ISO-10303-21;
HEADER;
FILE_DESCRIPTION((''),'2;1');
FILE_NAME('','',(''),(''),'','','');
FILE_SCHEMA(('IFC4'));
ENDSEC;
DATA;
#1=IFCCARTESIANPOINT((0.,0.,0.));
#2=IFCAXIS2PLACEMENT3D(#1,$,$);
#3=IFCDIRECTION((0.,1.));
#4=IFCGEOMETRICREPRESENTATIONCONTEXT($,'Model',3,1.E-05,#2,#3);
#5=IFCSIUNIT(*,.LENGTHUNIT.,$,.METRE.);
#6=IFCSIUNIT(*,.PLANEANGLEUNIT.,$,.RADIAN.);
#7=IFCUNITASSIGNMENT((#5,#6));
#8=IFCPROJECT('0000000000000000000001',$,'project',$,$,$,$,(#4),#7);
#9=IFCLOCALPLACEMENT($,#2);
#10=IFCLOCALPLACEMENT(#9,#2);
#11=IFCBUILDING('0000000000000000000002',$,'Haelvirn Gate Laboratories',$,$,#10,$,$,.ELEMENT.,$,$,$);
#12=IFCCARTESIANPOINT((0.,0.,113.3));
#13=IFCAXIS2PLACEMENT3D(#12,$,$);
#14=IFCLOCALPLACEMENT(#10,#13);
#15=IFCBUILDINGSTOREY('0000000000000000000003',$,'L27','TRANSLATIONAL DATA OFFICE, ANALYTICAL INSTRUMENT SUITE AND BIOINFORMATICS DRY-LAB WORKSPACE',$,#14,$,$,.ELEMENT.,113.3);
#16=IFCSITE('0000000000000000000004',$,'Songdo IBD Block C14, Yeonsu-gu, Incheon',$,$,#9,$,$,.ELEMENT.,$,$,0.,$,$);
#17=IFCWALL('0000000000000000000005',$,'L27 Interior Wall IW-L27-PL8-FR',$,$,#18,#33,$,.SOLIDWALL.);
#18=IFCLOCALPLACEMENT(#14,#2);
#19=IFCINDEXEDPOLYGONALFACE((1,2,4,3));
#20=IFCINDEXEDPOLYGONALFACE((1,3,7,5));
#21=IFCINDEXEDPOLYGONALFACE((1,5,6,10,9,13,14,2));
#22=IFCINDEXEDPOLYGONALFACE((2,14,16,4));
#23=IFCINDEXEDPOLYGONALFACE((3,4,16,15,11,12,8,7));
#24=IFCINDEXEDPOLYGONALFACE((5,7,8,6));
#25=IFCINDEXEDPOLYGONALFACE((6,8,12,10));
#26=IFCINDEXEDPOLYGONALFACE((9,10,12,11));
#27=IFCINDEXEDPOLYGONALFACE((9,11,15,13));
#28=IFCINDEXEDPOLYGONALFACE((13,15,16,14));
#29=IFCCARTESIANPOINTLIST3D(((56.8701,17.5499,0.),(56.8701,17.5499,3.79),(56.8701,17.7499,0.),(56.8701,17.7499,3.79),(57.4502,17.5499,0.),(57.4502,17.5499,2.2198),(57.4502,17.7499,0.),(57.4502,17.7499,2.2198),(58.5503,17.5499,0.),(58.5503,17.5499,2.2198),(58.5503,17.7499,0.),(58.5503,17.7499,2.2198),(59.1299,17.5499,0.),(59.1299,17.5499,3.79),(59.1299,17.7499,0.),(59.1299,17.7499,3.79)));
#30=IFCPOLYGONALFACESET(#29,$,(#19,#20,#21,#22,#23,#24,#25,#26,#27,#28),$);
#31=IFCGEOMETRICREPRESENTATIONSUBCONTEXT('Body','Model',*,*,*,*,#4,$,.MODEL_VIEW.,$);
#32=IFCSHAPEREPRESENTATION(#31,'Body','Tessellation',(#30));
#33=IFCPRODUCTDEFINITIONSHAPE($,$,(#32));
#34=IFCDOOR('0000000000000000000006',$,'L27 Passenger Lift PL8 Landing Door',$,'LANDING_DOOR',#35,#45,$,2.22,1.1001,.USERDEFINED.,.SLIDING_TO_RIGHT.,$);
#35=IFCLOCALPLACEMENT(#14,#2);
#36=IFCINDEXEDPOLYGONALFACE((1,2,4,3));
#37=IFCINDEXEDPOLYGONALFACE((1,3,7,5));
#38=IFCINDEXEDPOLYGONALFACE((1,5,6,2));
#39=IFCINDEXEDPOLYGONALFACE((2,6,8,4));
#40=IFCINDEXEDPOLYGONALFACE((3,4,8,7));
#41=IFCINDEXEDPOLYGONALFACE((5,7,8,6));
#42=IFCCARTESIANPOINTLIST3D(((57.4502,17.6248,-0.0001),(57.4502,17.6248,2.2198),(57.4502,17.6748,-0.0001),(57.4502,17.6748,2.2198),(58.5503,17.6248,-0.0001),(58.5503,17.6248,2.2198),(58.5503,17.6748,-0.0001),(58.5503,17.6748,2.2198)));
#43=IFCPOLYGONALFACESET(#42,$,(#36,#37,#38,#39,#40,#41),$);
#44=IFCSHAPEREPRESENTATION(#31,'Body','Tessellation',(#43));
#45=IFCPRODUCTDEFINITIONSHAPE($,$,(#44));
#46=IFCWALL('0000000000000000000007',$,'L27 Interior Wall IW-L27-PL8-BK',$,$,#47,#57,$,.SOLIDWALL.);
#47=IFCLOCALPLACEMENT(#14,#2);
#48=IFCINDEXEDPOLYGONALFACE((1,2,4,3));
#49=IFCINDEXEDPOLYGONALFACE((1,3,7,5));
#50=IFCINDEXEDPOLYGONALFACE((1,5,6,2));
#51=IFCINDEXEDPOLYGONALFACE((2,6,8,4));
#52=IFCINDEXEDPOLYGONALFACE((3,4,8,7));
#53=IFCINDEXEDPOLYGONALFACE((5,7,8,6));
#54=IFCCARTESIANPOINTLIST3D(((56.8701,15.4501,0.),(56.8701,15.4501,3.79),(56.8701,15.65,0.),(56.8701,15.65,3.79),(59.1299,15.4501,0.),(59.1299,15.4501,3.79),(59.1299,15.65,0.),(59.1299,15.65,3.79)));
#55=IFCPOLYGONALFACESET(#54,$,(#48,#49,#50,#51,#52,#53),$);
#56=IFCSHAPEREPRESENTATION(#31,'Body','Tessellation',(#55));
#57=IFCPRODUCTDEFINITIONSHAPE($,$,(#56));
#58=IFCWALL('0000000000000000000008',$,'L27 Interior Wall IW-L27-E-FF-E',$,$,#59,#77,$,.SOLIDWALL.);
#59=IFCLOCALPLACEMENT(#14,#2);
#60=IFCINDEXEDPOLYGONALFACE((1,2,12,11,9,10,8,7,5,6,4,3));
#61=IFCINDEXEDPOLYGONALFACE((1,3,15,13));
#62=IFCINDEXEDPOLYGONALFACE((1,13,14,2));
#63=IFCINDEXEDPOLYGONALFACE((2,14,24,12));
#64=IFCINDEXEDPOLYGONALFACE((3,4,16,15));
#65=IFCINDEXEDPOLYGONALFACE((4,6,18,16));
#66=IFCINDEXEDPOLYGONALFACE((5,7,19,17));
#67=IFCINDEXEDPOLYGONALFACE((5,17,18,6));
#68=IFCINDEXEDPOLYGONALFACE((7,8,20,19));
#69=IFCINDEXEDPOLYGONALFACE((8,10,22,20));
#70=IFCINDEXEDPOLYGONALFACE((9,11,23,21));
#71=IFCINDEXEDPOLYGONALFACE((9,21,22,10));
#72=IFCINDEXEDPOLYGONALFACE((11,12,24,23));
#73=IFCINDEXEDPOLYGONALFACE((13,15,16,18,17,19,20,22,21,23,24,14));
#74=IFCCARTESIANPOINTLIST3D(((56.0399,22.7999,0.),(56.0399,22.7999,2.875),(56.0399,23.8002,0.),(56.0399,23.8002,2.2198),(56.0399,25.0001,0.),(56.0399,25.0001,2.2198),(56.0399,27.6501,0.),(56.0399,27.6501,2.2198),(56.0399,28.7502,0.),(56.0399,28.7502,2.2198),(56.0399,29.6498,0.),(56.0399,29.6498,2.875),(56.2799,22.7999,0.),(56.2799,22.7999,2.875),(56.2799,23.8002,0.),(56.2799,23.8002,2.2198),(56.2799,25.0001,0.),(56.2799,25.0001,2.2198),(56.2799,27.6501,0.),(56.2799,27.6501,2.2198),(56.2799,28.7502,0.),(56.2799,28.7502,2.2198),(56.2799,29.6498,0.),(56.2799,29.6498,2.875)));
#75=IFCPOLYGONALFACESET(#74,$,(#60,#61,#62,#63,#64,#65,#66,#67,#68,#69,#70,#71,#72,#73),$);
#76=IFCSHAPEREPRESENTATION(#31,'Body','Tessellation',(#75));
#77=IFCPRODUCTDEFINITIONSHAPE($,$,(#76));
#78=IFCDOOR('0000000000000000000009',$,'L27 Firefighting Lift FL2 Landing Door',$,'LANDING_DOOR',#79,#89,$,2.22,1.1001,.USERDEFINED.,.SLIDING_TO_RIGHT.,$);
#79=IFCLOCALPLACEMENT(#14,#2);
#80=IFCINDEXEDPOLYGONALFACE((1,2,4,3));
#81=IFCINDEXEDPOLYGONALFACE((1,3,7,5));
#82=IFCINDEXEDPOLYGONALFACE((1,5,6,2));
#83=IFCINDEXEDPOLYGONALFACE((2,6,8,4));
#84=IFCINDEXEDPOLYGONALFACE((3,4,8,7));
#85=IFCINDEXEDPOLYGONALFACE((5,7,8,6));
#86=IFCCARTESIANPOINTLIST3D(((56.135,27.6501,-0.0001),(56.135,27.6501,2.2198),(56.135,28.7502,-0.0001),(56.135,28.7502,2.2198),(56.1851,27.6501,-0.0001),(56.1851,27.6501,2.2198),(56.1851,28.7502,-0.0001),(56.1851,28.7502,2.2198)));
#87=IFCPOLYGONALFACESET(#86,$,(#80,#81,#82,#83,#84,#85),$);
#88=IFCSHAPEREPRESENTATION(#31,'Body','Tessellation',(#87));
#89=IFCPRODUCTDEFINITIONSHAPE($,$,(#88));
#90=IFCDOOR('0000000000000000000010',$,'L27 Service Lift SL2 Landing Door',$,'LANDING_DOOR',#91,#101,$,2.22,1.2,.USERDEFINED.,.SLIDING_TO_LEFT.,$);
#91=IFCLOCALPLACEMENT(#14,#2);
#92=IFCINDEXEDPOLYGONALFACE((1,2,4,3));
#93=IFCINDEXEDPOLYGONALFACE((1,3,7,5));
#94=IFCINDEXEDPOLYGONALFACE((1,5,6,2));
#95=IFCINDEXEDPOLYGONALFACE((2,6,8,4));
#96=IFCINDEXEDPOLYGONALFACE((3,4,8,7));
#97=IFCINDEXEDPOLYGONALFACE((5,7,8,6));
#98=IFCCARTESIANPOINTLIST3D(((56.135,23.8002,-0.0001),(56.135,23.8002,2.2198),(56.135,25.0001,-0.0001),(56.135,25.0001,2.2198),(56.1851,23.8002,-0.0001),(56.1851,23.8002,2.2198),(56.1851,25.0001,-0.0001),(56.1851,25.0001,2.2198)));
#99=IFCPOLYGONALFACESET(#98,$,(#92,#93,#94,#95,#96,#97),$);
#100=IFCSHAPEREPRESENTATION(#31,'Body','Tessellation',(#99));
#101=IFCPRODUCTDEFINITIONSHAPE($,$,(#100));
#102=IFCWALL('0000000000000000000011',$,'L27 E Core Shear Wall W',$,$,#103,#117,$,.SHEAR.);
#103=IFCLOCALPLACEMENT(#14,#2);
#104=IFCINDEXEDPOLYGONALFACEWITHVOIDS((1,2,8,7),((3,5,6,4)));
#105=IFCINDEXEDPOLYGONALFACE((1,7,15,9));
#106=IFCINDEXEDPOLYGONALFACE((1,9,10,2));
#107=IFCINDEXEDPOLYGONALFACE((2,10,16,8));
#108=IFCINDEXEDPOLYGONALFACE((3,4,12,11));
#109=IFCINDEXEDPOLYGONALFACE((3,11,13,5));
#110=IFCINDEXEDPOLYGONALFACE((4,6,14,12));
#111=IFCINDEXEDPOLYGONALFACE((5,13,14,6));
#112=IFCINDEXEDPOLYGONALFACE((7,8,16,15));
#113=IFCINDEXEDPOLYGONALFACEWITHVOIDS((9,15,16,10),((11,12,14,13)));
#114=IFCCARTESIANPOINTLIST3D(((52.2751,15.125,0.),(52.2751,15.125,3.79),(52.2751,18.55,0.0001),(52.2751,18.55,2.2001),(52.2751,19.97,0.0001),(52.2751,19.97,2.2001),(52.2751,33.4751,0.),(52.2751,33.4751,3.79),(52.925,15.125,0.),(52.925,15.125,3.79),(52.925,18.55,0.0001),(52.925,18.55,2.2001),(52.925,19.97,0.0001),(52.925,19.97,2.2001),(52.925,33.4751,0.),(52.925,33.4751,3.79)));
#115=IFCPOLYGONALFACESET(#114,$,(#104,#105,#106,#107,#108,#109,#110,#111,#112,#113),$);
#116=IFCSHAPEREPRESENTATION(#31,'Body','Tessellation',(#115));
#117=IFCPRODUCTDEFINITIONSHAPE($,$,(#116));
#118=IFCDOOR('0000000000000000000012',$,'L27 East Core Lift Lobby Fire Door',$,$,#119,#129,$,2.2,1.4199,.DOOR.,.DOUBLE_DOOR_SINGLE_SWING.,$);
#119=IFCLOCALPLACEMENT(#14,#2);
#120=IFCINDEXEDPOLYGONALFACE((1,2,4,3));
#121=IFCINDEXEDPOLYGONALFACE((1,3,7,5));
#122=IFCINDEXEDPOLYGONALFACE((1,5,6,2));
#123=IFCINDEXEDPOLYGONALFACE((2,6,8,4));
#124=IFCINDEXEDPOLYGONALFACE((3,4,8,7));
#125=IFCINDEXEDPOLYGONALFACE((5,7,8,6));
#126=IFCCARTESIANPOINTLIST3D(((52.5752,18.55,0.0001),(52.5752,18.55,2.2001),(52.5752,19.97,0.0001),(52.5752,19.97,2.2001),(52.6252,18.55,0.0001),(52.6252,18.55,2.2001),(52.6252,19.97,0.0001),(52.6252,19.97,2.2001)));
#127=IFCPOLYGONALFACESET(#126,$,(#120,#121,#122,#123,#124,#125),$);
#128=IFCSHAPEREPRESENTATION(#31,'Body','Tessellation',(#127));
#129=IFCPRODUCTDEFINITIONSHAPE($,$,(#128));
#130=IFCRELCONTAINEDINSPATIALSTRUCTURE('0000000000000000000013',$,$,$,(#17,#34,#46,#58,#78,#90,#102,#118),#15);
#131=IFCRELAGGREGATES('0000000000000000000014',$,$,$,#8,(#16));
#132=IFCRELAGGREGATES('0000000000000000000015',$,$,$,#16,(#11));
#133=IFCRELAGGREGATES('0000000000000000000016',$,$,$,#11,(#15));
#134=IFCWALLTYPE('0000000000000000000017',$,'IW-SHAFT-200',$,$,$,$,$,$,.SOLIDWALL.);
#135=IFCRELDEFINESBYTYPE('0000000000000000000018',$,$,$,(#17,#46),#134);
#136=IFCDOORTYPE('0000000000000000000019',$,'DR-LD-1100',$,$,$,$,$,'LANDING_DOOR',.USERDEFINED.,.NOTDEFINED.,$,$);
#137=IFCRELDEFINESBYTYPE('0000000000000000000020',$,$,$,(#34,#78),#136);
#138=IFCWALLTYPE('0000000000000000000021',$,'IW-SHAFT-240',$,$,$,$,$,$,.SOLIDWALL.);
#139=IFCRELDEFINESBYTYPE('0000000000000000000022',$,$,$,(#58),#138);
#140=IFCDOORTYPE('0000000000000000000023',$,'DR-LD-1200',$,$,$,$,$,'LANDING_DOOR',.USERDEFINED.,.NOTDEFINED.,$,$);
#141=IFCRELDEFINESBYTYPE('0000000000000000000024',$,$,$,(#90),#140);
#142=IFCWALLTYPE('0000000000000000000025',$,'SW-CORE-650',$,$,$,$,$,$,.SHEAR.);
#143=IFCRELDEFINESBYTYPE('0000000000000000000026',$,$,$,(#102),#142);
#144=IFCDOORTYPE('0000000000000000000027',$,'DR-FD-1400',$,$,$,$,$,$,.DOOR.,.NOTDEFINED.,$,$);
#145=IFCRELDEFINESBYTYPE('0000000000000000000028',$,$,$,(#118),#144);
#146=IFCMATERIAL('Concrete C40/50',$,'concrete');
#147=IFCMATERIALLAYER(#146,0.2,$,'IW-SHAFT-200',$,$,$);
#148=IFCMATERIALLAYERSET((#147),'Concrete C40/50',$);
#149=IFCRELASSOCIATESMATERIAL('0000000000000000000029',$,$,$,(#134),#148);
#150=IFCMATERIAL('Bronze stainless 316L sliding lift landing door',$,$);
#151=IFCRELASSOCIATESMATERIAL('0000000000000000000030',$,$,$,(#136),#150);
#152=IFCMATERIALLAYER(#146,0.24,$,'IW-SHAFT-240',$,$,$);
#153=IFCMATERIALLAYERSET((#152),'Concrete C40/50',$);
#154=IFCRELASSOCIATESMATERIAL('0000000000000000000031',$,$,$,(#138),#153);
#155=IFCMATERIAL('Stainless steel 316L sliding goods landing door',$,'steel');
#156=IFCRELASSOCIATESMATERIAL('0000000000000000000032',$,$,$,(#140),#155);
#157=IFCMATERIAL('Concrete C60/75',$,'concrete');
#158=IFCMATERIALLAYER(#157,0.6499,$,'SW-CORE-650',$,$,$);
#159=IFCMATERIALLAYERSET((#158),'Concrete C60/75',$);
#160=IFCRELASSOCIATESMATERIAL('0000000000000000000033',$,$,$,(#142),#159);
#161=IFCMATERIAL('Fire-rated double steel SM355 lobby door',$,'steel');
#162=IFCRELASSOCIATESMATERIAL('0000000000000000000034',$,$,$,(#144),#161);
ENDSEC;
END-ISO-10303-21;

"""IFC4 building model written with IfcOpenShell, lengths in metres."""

from ifc_helpers import new_model, si_unit, direction, frame, frame_2d, origin, place, context, subcontext, project, spatial, rectangle, extrude, source, transform, mapped, material, layer, layer_set, type_object, type_shapes, element, fill, save


model = new_model("IFC4")

# Units and contexts
model_context = context("Model", 3, precision=1e-05, world=origin(), true_north=direction((0.0, 1.0)))
body_context = subcontext(model_context, "Body", "Model", "MODEL_VIEW")
ifc_project = project(units=[si_unit("LENGTHUNIT", "METRE"), si_unit("PLANEANGLEUNIT", "RADIAN")], contexts=[model_context])

# Site, building, storey
site_placement = place(None, origin())
site = spatial("IfcSite", under=ifc_project, at=site_placement, Name="Songdo IBD Block C14, Yeonsu-gu, Incheon", CompositionType="ELEMENT", RefElevation=0.0)
building_placement = place(site_placement, origin())
building = spatial("IfcBuilding", under=site, at=building_placement, Name="Haelvirn Gate Laboratories", CompositionType="ELEMENT")
storey_placement = place(building_placement, frame((0.0, 0.0, 113.3)))
storey = spatial("IfcBuildingStorey", under=building, at=storey_placement, Name="L27", Description="TRANSLATIONAL DATA OFFICE, ANALYTICAL INSTRUMENT SUITE AND BIOINFORMATICS DRY-LAB WORKSPACE", CompositionType="ELEMENT", Elevation=113.3)

# Shared definitions
ifc_material_1 = material(Name="Concrete C60/75", Category="concrete")

# Shared definitions
ifc_material_2 = material(Name="Concrete C40/50", Category="concrete")

# Wall, opening, door
ifc_layer_1 = layer(ifc_material_2, 0.2, Name="IW-SHAFT-200")
ifc_layer_set_1 = layer_set([ifc_layer_1], Name="Concrete C40/50")
wall_type_1 = type_object("IfcWallType", Name="IW-SHAFT-200", PredefinedType="SOLIDWALL", material=ifc_layer_set_1)
wall_1_placement = place(storey_placement, frame((56.8701, 17.6499, 0.0), z_axis=(0.0, 0.0, 1.0), x_axis=(1.0, 0.0, 0.0)))
wall_1 = element("IfcWall", 1, at=wall_1_placement, inside=storey, type_object=wall_type_1, Name="L27 Interior Wall IW-L27-PL8-FR", PredefinedType="SOLIDWALL", context=body_context, shape_type="SweptSolid", body=[
    extrude(rectangle(XDim=2.2598, YDim=0.2, at=frame_2d((1.1299, 0.0))), origin(), (0.0, 0.0, 1.0), 3.79),
])
opening_1_placement = place(wall_1_placement, frame((0.5801, 0.0, 0.0)))
opening_1 = element("IfcOpeningElement", 2, at=opening_1_placement, cuts=wall_1, PredefinedType="OPENING", context=body_context, shape_type="SweptSolid", body=[
    extrude(rectangle(XDim=1.1001, YDim=2.22, at=frame_2d((0.55, 1.1099))), frame((0.0, 0.1099, 0.0), z_axis=(0.0, -1.0, 0.0), x_axis=(1.0, 0.0, 0.0)), (0.0, 0.0, 1.0), 0.22),
])
ifc_material_3 = material(Name="Bronze stainless 316L sliding lift landing door")
door_type_1 = type_object("IfcDoorType", Name="DR-LD-1100", ElementType="LANDING_DOOR", OperationType="NOTDEFINED", PredefinedType="USERDEFINED", material=ifc_material_3)
shared_shape_1 = source(origin(), body_context, "Body", "SweptSolid", [
    extrude(rectangle(XDim=1.1001, YDim=2.22, at=frame_2d((0.55, 1.1099))), frame((0.0, 0.0249, 0.0), z_axis=(0.0, -1.0, 0.0), x_axis=(1.0, 0.0, 0.0)), (0.0, 0.0, 1.0), 0.05),
])
type_shapes(door_type_1, [shared_shape_1])
door_1_placement = place(opening_1_placement, origin())
door_1 = element("IfcDoor", 3, at=door_1_placement, inside=storey, type_object=door_type_1, Name="L27 Passenger Lift PL8 Landing Door", ObjectType="LANDING_DOOR", OperationType="SLIDING_TO_RIGHT", OverallHeight=2.22, OverallWidth=1.1001, PredefinedType="USERDEFINED", context=body_context, shape_type="MappedRepresentation", body=[
    mapped(shared_shape_1, transform((0.0, 0.0, 0.0), scale=1.0)),
])
fill(opening_1, door_1)

# Wall
wall_2_placement = place(storey_placement, frame((56.8701, 15.55, 0.0), z_axis=(0.0, 0.0, 1.0), x_axis=(1.0, 0.0, 0.0)))
element("IfcWall", 4, at=wall_2_placement, inside=storey, type_object=wall_type_1, Name="L27 Interior Wall IW-L27-PL8-BK", PredefinedType="SOLIDWALL", context=body_context, shape_type="SweptSolid", body=[
    extrude(rectangle(XDim=2.2598, YDim=0.2, at=frame_2d((1.1299, 0.0))), origin(), (0.0, 0.0, 1.0), 3.79),
])

# Wall, openings, doors
ifc_layer_2 = layer(ifc_material_2, 0.24, Name="IW-SHAFT-240")
ifc_layer_set_2 = layer_set([ifc_layer_2], Name="Concrete C40/50")
wall_type_2 = type_object("IfcWallType", Name="IW-SHAFT-240", PredefinedType="SOLIDWALL", material=ifc_layer_set_2)
wall_3_placement = place(storey_placement, frame((56.1599, 22.8, 0.0), z_axis=(0.0, 0.0, 1.0), x_axis=(0.0, 1.0, 0.0)))
wall_3 = element("IfcWall", 5, at=wall_3_placement, inside=storey, type_object=wall_type_2, Name="L27 Interior Wall IW-L27-E-FF-E", PredefinedType="SOLIDWALL", context=body_context, shape_type="SweptSolid", body=[
    extrude(rectangle(XDim=6.8499, YDim=0.24, at=frame_2d((3.4248, 0.0))), origin(), (0.0, 0.0, 1.0), 2.875),
])
opening_2_placement = place(wall_3_placement, frame((4.8501, 0.0, 0.0)))
opening_2 = element("IfcOpeningElement", 6, at=opening_2_placement, cuts=wall_3, PredefinedType="OPENING", context=body_context, shape_type="SweptSolid", body=[
    extrude(rectangle(XDim=1.1001, YDim=2.22, at=frame_2d((0.55, 1.1099))), frame((0.0, 0.1299, 0.0), z_axis=(0.0, -1.0, 0.0), x_axis=(1.0, 0.0, 0.0)), (0.0, 0.0, 1.0), 0.26),
])
opening_3_placement = place(wall_3_placement, frame((1.0, 0.0, 0.0)))
opening_3 = element("IfcOpeningElement", 7, at=opening_3_placement, cuts=wall_3, PredefinedType="OPENING", context=body_context, shape_type="SweptSolid", body=[
    extrude(rectangle(XDim=1.2, YDim=2.22, at=frame_2d((0.6001, 1.1099))), frame((0.0, 0.1299, 0.0), z_axis=(0.0, -1.0, 0.0), x_axis=(1.0, 0.0, 0.0)), (0.0, 0.0, 1.0), 0.26),
])
door_2_placement = place(opening_2_placement, origin())
door_2 = element("IfcDoor", 8, at=door_2_placement, inside=storey, type_object=door_type_1, Name="L27 Firefighting Lift FL2 Landing Door", ObjectType="LANDING_DOOR", OperationType="SLIDING_TO_RIGHT", OverallHeight=2.22, OverallWidth=1.1001, PredefinedType="USERDEFINED", context=body_context, shape_type="MappedRepresentation", body=[
    mapped(shared_shape_1, transform((0.0, 0.0, 0.0), scale=1.0)),
])
fill(opening_2, door_2)
ifc_material_4 = material(Name="Stainless steel 316L sliding goods landing door", Category="steel")
door_type_2 = type_object("IfcDoorType", Name="DR-LD-1200", ElementType="LANDING_DOOR", OperationType="NOTDEFINED", PredefinedType="USERDEFINED", material=ifc_material_4)
shared_shape_2 = source(origin(), body_context, "Body", "SweptSolid", [
    extrude(rectangle(XDim=1.2, YDim=2.22, at=frame_2d((0.6001, 1.1099))), frame((0.0, 0.0249, 0.0), z_axis=(0.0, -1.0, 0.0), x_axis=(1.0, 0.0, 0.0)), (0.0, 0.0, 1.0), 0.05),
])
type_shapes(door_type_2, [shared_shape_2])
door_3_placement = place(opening_3_placement, origin())
door_3 = element("IfcDoor", 9, at=door_3_placement, inside=storey, type_object=door_type_2, Name="L27 Service Lift SL2 Landing Door", ObjectType="LANDING_DOOR", OperationType="SLIDING_TO_LEFT", OverallHeight=2.22, OverallWidth=1.2, PredefinedType="USERDEFINED", context=body_context, shape_type="MappedRepresentation", body=[
    mapped(shared_shape_2, transform((0.0, 0.0, 0.0), scale=1.0)),
])
fill(opening_3, door_3)

# Wall, opening, door
ifc_layer_3 = layer(ifc_material_1, 0.6499, Name="SW-CORE-650")
ifc_layer_set_3 = layer_set([ifc_layer_3], Name="Concrete C60/75")
wall_type_3 = type_object("IfcWallType", Name="SW-CORE-650", PredefinedType="SHEAR", material=ifc_layer_set_3)
wall_4_placement = place(storey_placement, frame((52.6001, 15.125, 0.0), z_axis=(0.0, 0.0, 1.0), x_axis=(0.0, 1.0, 0.0)))
wall_4 = element("IfcWall", 10, at=wall_4_placement, inside=storey, type_object=wall_type_3, Name="L27 E Core Shear Wall W", PredefinedType="SHEAR", context=body_context, shape_type="SweptSolid", body=[
    extrude(rectangle(XDim=18.3501, YDim=0.6499, at=frame_2d((9.175, 0.0))), origin(), (0.0, 0.0, 1.0), 3.79),
])
opening_4_placement = place(wall_4_placement, frame((3.425, 0.0, 0.0)))
opening_4 = element("IfcOpeningElement", 11, at=opening_4_placement, cuts=wall_4, PredefinedType="OPENING", context=body_context, shape_type="SweptSolid", body=[
    extrude(rectangle(XDim=1.4199, YDim=2.2, at=frame_2d((0.71, 1.1001))), frame((0.0, 0.335, 0.0), z_axis=(0.0, -1.0, 0.0), x_axis=(1.0, 0.0, 0.0)), (0.0, 0.0, 1.0), 0.6699),
])
ifc_material_5 = material(Name="Fire-rated double steel SM355 lobby door", Category="steel")
door_type_3 = type_object("IfcDoorType", Name="DR-FD-1400", OperationType="NOTDEFINED", PredefinedType="DOOR", material=ifc_material_5)
shared_shape_3 = source(origin(), body_context, "Body", "SweptSolid", [
    extrude(rectangle(XDim=1.4199, YDim=2.2, at=frame_2d((0.71, 1.1001))), frame((0.0, 0.0249, 0.0), z_axis=(0.0, -1.0, 0.0), x_axis=(1.0, 0.0, 0.0)), (0.0, 0.0, 1.0), 0.05),
])
type_shapes(door_type_3, [shared_shape_3])
door_4_placement = place(opening_4_placement, origin())
door_4 = element("IfcDoor", 12, at=door_4_placement, inside=storey, type_object=door_type_3, Name="L27 East Core Lift Lobby Fire Door", OperationType="DOUBLE_DOOR_SINGLE_SWING", OverallHeight=2.2, OverallWidth=1.4199, PredefinedType="DOOR", context=body_context, shape_type="MappedRepresentation", body=[
    mapped(shared_shape_3, transform((0.0, 0.0, 0.0), scale=1.0)),
])
fill(opening_4, door_4)

save(model, "model.ifc")
